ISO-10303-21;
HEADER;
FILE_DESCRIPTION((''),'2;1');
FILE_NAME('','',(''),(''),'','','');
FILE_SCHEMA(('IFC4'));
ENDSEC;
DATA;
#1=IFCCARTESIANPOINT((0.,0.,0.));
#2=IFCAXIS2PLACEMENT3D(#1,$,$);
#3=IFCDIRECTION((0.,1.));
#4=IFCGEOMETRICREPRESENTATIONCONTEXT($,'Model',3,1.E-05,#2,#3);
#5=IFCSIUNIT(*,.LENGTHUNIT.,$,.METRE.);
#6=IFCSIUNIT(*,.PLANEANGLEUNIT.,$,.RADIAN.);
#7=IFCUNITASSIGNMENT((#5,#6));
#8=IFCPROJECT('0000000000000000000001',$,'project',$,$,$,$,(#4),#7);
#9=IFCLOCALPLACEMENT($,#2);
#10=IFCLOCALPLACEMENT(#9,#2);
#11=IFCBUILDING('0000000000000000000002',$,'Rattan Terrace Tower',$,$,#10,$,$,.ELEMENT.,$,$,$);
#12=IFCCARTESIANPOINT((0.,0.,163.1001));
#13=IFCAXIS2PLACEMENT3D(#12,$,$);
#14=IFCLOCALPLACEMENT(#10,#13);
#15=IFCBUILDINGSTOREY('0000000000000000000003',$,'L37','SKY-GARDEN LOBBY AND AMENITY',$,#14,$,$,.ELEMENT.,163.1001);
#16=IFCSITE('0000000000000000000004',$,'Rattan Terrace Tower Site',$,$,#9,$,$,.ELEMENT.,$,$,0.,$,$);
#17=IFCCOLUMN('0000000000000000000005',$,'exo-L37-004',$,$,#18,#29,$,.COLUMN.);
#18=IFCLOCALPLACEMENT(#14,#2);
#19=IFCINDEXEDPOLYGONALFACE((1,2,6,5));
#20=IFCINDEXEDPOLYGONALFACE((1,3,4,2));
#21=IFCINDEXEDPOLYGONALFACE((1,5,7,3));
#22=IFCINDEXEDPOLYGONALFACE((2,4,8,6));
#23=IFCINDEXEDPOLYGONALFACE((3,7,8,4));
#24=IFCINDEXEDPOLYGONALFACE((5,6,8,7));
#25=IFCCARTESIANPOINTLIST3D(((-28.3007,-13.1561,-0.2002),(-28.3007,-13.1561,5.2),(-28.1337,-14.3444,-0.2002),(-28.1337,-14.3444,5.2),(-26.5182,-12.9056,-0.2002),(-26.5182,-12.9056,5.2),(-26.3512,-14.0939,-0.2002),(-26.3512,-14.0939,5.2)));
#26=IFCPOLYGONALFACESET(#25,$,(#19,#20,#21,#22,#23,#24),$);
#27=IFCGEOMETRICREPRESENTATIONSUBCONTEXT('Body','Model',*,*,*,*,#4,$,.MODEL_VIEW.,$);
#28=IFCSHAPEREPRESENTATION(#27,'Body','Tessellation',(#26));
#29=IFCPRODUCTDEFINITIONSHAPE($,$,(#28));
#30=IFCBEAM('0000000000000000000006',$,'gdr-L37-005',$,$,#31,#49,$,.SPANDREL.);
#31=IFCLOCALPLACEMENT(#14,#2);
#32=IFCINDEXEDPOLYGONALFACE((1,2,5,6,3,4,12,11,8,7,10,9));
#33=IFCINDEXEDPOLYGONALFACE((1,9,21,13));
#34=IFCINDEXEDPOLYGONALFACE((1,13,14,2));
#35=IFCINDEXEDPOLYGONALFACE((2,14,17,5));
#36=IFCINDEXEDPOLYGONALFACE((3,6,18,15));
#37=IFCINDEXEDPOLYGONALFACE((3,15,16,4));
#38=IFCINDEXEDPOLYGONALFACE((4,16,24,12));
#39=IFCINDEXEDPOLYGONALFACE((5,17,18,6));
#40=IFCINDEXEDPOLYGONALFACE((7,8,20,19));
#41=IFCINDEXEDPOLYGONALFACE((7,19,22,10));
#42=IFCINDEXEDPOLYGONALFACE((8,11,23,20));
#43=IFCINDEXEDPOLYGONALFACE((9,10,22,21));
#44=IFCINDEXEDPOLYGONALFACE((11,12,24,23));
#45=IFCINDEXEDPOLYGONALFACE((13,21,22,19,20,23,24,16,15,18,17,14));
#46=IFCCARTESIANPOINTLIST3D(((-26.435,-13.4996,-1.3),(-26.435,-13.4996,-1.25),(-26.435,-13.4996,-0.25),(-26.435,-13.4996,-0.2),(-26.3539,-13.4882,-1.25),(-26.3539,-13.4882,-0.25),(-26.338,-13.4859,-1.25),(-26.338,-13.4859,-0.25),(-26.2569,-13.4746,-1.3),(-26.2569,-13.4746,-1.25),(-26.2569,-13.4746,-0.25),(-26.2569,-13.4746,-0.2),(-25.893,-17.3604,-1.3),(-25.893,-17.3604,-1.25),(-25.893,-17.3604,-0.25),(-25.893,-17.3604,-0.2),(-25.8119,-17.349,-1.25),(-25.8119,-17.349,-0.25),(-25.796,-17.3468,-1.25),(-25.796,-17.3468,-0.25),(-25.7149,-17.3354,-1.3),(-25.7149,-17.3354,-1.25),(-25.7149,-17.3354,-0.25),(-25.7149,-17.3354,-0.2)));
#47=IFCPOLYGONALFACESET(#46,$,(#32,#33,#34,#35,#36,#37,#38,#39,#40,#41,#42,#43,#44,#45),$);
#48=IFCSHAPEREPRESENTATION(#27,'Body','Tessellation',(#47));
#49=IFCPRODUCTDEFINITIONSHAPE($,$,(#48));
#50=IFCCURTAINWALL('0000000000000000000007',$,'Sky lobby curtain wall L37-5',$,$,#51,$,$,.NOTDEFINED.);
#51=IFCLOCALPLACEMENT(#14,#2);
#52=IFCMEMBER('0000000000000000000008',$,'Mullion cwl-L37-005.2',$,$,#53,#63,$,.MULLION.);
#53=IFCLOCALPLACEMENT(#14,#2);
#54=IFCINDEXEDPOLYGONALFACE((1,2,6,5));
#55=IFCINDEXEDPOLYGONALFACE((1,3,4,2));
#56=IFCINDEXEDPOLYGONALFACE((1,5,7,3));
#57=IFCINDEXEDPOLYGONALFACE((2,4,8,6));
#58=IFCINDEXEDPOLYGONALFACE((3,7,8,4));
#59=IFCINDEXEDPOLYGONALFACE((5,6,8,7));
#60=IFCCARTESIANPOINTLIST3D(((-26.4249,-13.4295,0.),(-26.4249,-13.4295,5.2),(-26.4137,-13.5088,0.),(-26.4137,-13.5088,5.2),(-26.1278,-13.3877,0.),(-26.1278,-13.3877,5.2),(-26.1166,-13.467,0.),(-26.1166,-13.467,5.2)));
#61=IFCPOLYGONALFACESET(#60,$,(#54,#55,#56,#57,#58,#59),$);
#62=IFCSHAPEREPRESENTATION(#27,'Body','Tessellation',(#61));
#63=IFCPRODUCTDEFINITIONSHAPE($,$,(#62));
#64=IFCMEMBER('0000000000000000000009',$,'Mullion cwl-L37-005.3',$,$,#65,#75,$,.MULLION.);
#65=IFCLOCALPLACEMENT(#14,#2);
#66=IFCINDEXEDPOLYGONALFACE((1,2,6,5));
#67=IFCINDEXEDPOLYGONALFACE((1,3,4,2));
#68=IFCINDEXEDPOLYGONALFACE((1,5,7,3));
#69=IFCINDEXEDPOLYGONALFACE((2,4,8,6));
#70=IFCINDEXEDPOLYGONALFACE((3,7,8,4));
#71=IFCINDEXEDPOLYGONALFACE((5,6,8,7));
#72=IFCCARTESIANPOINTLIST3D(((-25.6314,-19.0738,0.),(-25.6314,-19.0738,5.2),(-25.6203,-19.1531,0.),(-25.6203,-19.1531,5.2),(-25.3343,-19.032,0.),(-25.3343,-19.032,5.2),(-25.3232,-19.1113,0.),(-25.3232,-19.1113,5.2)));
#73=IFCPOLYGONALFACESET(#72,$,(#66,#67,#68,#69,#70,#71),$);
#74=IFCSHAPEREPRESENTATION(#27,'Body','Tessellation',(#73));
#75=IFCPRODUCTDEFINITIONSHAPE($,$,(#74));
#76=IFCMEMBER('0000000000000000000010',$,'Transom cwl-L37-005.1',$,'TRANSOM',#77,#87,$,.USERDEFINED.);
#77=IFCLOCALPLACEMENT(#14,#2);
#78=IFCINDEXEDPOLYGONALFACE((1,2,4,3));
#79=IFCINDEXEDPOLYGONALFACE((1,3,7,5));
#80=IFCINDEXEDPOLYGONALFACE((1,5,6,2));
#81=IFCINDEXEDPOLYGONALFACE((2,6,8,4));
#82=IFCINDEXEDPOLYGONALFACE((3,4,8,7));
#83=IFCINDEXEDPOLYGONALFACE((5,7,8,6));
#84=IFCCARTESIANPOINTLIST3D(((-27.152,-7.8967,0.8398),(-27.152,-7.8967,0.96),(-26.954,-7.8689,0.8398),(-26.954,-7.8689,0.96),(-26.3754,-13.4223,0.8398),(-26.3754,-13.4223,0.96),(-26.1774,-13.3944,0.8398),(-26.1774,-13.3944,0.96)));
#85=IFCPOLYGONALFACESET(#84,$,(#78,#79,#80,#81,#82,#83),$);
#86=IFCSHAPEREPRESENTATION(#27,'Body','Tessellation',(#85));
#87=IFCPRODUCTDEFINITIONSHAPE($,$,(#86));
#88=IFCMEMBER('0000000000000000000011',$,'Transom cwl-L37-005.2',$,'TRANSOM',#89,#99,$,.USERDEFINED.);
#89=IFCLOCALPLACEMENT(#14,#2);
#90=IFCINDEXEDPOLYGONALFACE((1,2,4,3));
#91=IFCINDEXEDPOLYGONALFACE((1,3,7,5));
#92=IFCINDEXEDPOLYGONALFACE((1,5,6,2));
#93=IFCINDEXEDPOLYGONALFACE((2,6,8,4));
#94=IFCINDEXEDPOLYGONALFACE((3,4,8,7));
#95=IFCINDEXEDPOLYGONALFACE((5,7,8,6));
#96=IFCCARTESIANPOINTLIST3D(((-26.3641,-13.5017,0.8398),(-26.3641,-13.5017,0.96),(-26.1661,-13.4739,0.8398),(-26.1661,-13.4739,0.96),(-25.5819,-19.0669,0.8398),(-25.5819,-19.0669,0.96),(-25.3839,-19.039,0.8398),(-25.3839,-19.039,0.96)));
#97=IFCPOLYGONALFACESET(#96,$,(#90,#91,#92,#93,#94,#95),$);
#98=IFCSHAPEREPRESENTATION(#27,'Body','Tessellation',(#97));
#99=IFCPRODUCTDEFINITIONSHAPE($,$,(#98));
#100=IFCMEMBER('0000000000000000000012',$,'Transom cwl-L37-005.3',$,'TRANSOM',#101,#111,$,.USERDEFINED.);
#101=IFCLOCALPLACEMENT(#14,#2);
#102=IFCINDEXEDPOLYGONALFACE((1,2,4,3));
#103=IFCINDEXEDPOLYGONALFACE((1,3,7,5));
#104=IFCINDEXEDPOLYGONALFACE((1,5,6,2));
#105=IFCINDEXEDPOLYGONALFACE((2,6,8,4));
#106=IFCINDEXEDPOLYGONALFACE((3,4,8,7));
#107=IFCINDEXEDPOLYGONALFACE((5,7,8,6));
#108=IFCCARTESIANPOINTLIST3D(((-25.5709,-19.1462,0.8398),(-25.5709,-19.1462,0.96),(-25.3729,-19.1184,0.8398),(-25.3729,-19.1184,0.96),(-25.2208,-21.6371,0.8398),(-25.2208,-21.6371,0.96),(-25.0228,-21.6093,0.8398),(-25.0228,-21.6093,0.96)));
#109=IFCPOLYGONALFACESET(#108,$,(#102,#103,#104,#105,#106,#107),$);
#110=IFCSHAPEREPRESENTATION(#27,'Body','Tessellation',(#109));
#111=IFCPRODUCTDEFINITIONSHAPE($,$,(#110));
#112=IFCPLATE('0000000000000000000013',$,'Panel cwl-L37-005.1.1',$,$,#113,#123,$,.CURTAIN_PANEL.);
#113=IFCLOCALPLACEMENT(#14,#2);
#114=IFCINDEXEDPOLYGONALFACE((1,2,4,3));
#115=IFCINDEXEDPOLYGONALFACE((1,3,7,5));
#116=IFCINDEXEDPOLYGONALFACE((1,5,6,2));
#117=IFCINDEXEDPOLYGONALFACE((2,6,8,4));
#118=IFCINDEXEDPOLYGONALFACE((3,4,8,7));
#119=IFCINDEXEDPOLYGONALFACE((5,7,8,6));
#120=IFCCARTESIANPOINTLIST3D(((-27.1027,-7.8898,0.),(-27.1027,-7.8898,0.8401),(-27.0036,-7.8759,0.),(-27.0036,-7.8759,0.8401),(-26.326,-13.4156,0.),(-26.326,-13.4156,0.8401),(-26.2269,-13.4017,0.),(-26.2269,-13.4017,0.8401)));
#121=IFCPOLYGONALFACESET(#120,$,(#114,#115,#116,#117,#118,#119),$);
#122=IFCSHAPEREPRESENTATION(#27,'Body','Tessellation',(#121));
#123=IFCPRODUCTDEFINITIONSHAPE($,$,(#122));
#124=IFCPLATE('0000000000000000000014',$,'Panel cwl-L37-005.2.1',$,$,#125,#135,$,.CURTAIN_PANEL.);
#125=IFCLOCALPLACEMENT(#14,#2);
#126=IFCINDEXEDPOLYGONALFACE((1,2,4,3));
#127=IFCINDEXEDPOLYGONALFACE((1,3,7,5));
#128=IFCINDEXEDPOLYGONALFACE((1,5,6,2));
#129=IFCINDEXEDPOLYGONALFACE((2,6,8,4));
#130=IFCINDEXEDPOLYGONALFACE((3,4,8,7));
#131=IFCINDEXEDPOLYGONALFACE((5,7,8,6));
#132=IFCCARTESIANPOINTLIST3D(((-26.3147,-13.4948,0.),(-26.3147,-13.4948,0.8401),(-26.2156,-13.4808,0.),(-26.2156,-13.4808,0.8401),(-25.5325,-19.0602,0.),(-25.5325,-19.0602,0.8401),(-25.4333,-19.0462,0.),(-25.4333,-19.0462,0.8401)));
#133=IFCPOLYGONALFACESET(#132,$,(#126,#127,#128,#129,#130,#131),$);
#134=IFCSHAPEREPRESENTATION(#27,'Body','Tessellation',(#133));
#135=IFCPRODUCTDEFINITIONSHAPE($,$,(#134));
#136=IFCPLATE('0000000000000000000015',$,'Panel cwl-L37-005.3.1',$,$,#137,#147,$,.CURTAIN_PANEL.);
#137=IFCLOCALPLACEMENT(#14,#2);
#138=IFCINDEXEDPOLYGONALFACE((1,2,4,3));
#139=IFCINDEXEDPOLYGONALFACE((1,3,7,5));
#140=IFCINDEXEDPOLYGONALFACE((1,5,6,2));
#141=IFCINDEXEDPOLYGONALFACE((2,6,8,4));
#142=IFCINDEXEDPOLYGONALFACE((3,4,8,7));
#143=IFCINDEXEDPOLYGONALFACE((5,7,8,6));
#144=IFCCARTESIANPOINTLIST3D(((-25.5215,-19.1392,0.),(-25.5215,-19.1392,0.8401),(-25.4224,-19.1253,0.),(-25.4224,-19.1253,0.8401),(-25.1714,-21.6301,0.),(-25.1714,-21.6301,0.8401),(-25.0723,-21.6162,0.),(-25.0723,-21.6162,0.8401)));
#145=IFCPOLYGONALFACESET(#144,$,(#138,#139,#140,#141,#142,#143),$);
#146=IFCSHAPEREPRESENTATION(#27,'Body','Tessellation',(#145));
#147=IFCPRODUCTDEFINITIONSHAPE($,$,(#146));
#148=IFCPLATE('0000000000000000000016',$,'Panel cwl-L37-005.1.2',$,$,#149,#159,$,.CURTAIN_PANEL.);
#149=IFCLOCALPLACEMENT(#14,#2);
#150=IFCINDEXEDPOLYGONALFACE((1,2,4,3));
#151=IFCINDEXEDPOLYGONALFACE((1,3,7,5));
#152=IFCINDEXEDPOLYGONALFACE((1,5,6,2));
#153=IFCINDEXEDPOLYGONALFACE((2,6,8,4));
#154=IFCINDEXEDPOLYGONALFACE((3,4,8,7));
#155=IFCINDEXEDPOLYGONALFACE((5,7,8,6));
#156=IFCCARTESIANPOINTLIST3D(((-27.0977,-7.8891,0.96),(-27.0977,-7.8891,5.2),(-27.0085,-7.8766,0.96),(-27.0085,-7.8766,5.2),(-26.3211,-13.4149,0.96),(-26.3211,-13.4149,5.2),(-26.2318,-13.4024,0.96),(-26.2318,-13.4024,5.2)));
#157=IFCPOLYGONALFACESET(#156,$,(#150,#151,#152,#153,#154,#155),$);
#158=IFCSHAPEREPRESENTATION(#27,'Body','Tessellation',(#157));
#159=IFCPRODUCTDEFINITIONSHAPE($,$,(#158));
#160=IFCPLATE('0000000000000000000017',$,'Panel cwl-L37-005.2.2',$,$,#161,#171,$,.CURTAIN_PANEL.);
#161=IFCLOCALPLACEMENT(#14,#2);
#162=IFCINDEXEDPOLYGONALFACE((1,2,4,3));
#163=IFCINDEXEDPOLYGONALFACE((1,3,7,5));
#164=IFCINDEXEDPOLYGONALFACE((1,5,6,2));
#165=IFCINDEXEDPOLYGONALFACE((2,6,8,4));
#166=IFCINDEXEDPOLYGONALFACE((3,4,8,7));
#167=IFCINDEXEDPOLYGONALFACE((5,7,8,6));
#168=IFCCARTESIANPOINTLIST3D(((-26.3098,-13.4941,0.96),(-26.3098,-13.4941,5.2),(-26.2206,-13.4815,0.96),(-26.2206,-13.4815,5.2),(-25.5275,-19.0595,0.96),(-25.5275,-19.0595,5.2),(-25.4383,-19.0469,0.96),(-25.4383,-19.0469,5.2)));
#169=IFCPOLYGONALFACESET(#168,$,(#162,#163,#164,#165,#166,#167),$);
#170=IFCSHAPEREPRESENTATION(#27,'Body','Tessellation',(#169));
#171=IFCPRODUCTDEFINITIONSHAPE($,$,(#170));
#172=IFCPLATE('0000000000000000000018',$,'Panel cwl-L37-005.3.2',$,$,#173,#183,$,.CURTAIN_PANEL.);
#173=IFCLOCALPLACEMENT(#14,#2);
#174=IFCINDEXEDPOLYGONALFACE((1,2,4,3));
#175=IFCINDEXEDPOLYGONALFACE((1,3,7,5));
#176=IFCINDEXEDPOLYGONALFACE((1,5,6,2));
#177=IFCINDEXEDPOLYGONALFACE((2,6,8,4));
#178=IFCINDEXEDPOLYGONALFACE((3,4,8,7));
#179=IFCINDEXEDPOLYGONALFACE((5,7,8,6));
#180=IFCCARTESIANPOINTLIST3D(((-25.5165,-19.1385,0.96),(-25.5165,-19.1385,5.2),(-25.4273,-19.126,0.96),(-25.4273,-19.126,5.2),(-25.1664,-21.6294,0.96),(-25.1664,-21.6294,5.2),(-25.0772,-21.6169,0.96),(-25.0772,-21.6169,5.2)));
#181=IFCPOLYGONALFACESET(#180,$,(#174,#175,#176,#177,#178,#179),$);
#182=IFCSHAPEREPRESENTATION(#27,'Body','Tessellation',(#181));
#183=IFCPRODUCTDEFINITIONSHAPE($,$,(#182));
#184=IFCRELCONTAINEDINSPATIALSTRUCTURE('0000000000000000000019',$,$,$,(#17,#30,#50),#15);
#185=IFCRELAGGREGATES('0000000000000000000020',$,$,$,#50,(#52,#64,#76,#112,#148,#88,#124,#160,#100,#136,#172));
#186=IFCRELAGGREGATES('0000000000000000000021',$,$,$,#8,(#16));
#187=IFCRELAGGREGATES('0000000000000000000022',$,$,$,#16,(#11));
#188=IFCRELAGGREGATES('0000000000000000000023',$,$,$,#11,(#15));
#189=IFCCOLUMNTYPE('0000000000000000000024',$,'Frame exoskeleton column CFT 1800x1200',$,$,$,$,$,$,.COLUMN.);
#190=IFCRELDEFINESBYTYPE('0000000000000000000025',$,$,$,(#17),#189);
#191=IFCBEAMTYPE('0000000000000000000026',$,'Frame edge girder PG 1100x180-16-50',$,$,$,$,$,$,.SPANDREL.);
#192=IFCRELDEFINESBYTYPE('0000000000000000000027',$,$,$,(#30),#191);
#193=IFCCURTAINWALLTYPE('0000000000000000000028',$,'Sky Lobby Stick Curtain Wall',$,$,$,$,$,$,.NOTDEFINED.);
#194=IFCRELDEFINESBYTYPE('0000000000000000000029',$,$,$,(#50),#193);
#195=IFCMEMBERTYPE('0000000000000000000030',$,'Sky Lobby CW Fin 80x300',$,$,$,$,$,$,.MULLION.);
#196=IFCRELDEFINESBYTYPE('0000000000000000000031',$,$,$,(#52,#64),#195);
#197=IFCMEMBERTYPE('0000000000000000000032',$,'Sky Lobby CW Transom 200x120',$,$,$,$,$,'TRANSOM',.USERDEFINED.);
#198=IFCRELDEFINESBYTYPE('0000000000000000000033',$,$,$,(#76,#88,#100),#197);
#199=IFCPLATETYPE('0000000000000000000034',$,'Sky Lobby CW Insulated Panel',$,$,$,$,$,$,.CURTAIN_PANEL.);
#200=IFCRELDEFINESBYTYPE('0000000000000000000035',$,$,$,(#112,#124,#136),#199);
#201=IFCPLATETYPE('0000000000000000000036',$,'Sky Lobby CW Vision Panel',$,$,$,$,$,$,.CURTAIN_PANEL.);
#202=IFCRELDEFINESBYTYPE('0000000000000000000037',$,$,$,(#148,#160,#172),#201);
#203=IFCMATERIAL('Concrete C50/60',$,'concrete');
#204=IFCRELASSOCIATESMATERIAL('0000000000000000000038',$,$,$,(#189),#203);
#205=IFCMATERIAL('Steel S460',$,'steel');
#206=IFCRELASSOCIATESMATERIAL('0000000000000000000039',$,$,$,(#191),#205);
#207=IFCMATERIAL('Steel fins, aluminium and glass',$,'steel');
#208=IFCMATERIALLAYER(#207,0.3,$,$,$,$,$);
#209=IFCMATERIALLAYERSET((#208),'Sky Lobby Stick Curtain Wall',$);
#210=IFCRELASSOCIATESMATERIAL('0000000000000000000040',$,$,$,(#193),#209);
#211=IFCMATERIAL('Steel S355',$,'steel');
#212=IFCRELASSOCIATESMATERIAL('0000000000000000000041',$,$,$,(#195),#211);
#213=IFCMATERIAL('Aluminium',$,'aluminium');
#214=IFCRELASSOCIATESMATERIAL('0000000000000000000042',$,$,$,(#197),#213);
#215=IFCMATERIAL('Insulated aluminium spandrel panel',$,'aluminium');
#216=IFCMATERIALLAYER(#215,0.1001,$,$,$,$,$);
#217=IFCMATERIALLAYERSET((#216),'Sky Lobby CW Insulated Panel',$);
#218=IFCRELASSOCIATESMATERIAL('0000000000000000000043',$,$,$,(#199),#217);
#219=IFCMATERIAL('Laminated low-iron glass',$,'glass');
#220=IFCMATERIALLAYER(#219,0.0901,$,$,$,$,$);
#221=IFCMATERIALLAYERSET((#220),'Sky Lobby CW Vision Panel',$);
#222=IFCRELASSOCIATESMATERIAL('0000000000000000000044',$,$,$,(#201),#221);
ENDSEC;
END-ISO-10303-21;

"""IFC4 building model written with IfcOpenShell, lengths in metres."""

from ifc_helpers import new_model, si_unit, direction, frame, origin, origin_2d, place, context, subcontext, project, spatial, rectangle, i_section, extrude, material, layer, layer_set, material_profile, profile_set, type_object, element, aggregate, save


model = new_model("IFC4")

# Units and contexts
model_context = context("Model", 3, precision=1e-05, world=origin(), true_north=direction((0.0, 1.0)))
body_context = subcontext(model_context, "Body", "Model", "MODEL_VIEW")
ifc_project = project(units=[si_unit("LENGTHUNIT", "METRE"), si_unit("PLANEANGLEUNIT", "RADIAN")], contexts=[model_context])

# Site, building, storey
site_placement = place(None, origin())
site = spatial("IfcSite", under=ifc_project, at=site_placement, Name="Rattan Terrace Tower Site", CompositionType="ELEMENT", RefElevation=0.0)
building_placement = place(site_placement, origin())
building = spatial("IfcBuilding", under=site, at=building_placement, Name="Rattan Terrace Tower", CompositionType="ELEMENT")
storey_placement = place(building_placement, frame((0.0, 0.0, 163.1001)))
storey = spatial("IfcBuildingStorey", under=building, at=storey_placement, Name="L37", Description="SKY-GARDEN LOBBY AND AMENITY", CompositionType="ELEMENT", Elevation=163.1001)

# Column
ifc_material_1 = material(Name="Concrete C50/60", Category="concrete")
ifc_material_profile_1 = material_profile(ifc_material_1, rectangle(XDim=1.2, YDim=1.8, at=origin_2d()), Name="CFT 1800x1200")
ifc_profile_set_1 = profile_set([ifc_material_profile_1], Name="Concrete C50/60")
column_type = type_object("IfcColumnType", Name="Frame exoskeleton column CFT 1800x1200", PredefinedType="COLUMN", material=ifc_profile_set_1)
column_placement = place(storey_placement, frame((-27.3259, -13.625, -0.2002), z_axis=(0.0, 0.0, 1.0), x_axis=(-0.13919, 0.990266, 0.0)))
element("IfcColumn", 1, at=column_placement, inside=storey, type_object=column_type, Name="exo-L37-004", PredefinedType="COLUMN", context=body_context, shape_type="SweptSolid", body=[
    extrude(rectangle(XDim=1.2, YDim=1.8, at=origin_2d()), origin(), (0.0, 0.0, 1.0), 5.4001),
])

# Beam
ifc_material_2 = material(Name="Steel S460", Category="steel")
ifc_material_profile_2 = material_profile(ifc_material_2, i_section(OverallWidth=0.1799, OverallDepth=1.1001, WebThickness=0.0161, FlangeThickness=0.05, at=origin_2d()), Name="PG 1100x180-16-50")
ifc_profile_set_2 = profile_set([ifc_material_profile_2], Name="Steel S460")
beam_type = type_object("IfcBeamType", Name="Frame edge girder PG 1100x180-16-50", PredefinedType="SPANDREL", material=ifc_profile_set_2)
beam_placement = place(storey_placement, frame((-26.3459, -13.4871, -0.75), z_axis=(0.139019, -0.99029, 0.0), x_axis=(0.99029, 0.139019, 0.0)))
element("IfcBeam", 2, at=beam_placement, inside=storey, type_object=beam_type, Name="gdr-L37-005", PredefinedType="SPANDREL", context=body_context, shape_type="SweptSolid", body=[
    extrude(i_section(OverallWidth=0.1799, OverallDepth=1.1001, WebThickness=0.0161, FlangeThickness=0.05, at=origin_2d()), origin(), (0.0, 0.0, 1.0), 3.8987),
])

# Curtain wall, members, plates
ifc_material_3 = material(Name="Steel fins, aluminium and glass", Category="steel")
ifc_layer_1 = layer(ifc_material_3, 0.3)
ifc_layer_set_1 = layer_set([ifc_layer_1], Name="Sky Lobby Stick Curtain Wall")
curtain_wall_type = type_object("IfcCurtainWallType", Name="Sky Lobby Stick Curtain Wall", PredefinedType="NOTDEFINED", material=ifc_layer_set_1)
curtain_wall_placement = place(storey_placement, origin())
curtain_wall = element("IfcCurtainWall", 3, at=curtain_wall_placement, inside=storey, type_object=curtain_wall_type, Name="Sky lobby curtain wall L37-5", PredefinedType="NOTDEFINED")
ifc_material_4 = material(Name="Steel S355", Category="steel")
ifc_material_profile_3 = material_profile(ifc_material_4, rectangle(XDim=0.0801, YDim=0.3, at=origin_2d()), Name="Steel S355 80x300")
ifc_profile_set_3 = profile_set([ifc_material_profile_3], Name="Steel S355")
member_type_1 = type_object("IfcMemberType", Name="Sky Lobby CW Fin 80x300", PredefinedType="MULLION", material=ifc_profile_set_3)
member_1_placement = place(storey_placement, frame((-26.2708, -13.4482, 0.0), z_axis=(0.0, 0.0, 1.0), x_axis=(0.139191, -0.990266, 0.0)))
member_1 = element("IfcMember", 4, at=member_1_placement, type_object=member_type_1, Name="Mullion cwl-L37-005.2", PredefinedType="MULLION", context=body_context, shape_type="SweptSolid", body=[
    extrude(rectangle(XDim=0.0801, YDim=0.3, at=origin_2d()), origin(), (0.0, 0.0, 1.0), 5.2),
])
member_2_placement = place(storey_placement, frame((-25.4773, -19.0925, 0.0), z_axis=(0.0, 0.0, 1.0), x_axis=(0.139191, -0.990266, 0.0)))
member_2 = element("IfcMember", 5, at=member_2_placement, type_object=member_type_1, Name="Mullion cwl-L37-005.3", PredefinedType="MULLION", context=body_context, shape_type="SweptSolid", body=[
    extrude(rectangle(XDim=0.0801, YDim=0.3, at=origin_2d()), origin(), (0.0, 0.0, 1.0), 5.2),
])
ifc_material_5 = material(Name="Aluminium", Category="aluminium")
ifc_material_profile_4 = material_profile(ifc_material_5, rectangle(XDim=0.2, YDim=0.1201, at=origin_2d()), Name="Aluminium 200x120")
ifc_profile_set_4 = profile_set([ifc_material_profile_4], Name="Aluminium")
member_type_2 = type_object("IfcMemberType", Name="Sky Lobby CW Transom 200x120", ElementType="TRANSOM", PredefinedType="USERDEFINED", material=ifc_profile_set_4)
member_3_placement = place(storey_placement, frame((-27.053, -7.8828, 0.8999), z_axis=(0.139179, -0.990267, 0.0), x_axis=(0.990267, 0.139179, 0.0)))
member_3 = element("IfcMember", 6, at=member_3_placement, type_object=member_type_2, Name="Transom cwl-L37-005.1", ObjectType="TRANSOM", PredefinedType="USERDEFINED", context=body_context, shape_type="SweptSolid", body=[
    extrude(rectangle(XDim=0.2, YDim=0.1201, at=origin_2d()), origin(), (0.0, 0.0, 1.0), 5.5798),
])
member_4_placement = place(storey_placement, frame((-26.2651, -13.4878, 0.8999), z_axis=(0.139189, -0.990266, 0.0), x_axis=(0.990266, 0.139189, 0.0)))
member_4 = element("IfcMember", 7, at=member_4_placement, type_object=member_type_2, Name="Transom cwl-L37-005.2", ObjectType="TRANSOM", PredefinedType="USERDEFINED", context=body_context, shape_type="SweptSolid", body=[
    extrude(rectangle(XDim=0.2, YDim=0.1201, at=origin_2d()), origin(), (0.0, 0.0, 1.0), 5.6199),
])
member_5_placement = place(storey_placement, frame((-25.4719, -19.1323, 0.8999), z_axis=(0.139179, -0.990267, 0.0), x_axis=(0.990267, 0.139179, 0.0)))
member_5 = element("IfcMember", 8, at=member_5_placement, type_object=member_type_2, Name="Transom cwl-L37-005.3", ObjectType="TRANSOM", PredefinedType="USERDEFINED", context=body_context, shape_type="SweptSolid", body=[
    extrude(rectangle(XDim=0.2, YDim=0.1201, at=origin_2d()), origin(), (0.0, 0.0, 1.0), 2.5154),
])
ifc_material_6 = material(Name="Insulated aluminium spandrel panel", Category="aluminium")
ifc_layer_2 = layer(ifc_material_6, 0.1001)
ifc_layer_set_2 = layer_set([ifc_layer_2], Name="Sky Lobby CW Insulated Panel")
plate_type_1 = type_object("IfcPlateType", Name="Sky Lobby CW Insulated Panel", PredefinedType="CURTAIN_PANEL", material=ifc_layer_set_2)
plate_1_placement = place(storey_placement, frame((-26.6648, -10.6458, 0.0), z_axis=(0.0, 0.0, 1.0), x_axis=(0.139191, -0.990266, 0.0)))
plate_1 = element("IfcPlate", 9, at=plate_1_placement, type_object=plate_type_1, Name="Panel cwl-L37-005.1.1", PredefinedType="CURTAIN_PANEL", context=body_context, shape_type="SweptSolid", body=[
    extrude(rectangle(XDim=5.5801, YDim=0.1001, at=origin_2d()), origin(), (0.0, 0.0, 1.0), 0.8401),
])
plate_2_placement = place(storey_placement, frame((-25.874, -16.2705, 0.0), z_axis=(0.0, 0.0, 1.0), x_axis=(0.139191, -0.990266, 0.0)))
plate_2 = element("IfcPlate", 10, at=plate_2_placement, type_object=plate_type_1, Name="Panel cwl-L37-005.2.1", PredefinedType="CURTAIN_PANEL", context=body_context, shape_type="SweptSolid", body=[
    extrude(rectangle(XDim=5.6201, YDim=0.1001, at=origin_2d()), origin(), (0.0, 0.0, 1.0), 0.8401),
])
plate_3_placement = place(storey_placement, frame((-25.2969, -20.3777, 0.0), z_axis=(0.0, 0.0, 1.0), x_axis=(0.139191, -0.990266, 0.0)))
plate_3 = element("IfcPlate", 11, at=plate_3_placement, type_object=plate_type_1, Name="Panel cwl-L37-005.3.1", PredefinedType="CURTAIN_PANEL", context=body_context, shape_type="SweptSolid", body=[
    extrude(rectangle(XDim=2.5154, YDim=0.1001, at=origin_2d()), origin(), (0.0, 0.0, 1.0), 0.8401),
])
ifc_material_7 = material(Name="Laminated low-iron glass", Category="glass")
ifc_layer_3 = layer(ifc_material_7, 0.0901)
ifc_layer_set_3 = layer_set([ifc_layer_3], Name="Sky Lobby CW Vision Panel")
plate_type_2 = type_object("IfcPlateType", Name="Sky Lobby CW Vision Panel", PredefinedType="CURTAIN_PANEL", material=ifc_layer_set_3)
plate_4_placement = place(storey_placement, frame((-26.6648, -10.6458, 0.96), z_axis=(0.0, 0.0, 1.0), x_axis=(0.139191, -0.990266, 0.0)))
plate_4 = element("IfcPlate", 12, at=plate_4_placement, type_object=plate_type_2, Name="Panel cwl-L37-005.1.2", PredefinedType="CURTAIN_PANEL", context=body_context, shape_type="SweptSolid", body=[
    extrude(rectangle(XDim=5.5801, YDim=0.0901, at=origin_2d()), origin(), (0.0, 0.0, 1.0), 4.24),
])
plate_5_placement = place(storey_placement, frame((-25.874, -16.2705, 0.96), z_axis=(0.0, 0.0, 1.0), x_axis=(0.139191, -0.990266, 0.0)))
plate_5 = element("IfcPlate", 13, at=plate_5_placement, type_object=plate_type_2, Name="Panel cwl-L37-005.2.2", PredefinedType="CURTAIN_PANEL", context=body_context, shape_type="SweptSolid", body=[
    extrude(rectangle(XDim=5.6201, YDim=0.0901, at=origin_2d()), origin(), (0.0, 0.0, 1.0), 4.24),
])
plate_6_placement = place(storey_placement, frame((-25.2969, -20.3777, 0.96), z_axis=(0.0, 0.0, 1.0), x_axis=(0.139191, -0.990266, 0.0)))
plate_6 = element("IfcPlate", 14, at=plate_6_placement, type_object=plate_type_2, Name="Panel cwl-L37-005.3.2", PredefinedType="CURTAIN_PANEL", context=body_context, shape_type="SweptSolid", body=[
    extrude(rectangle(XDim=2.5154, YDim=0.0901, at=origin_2d()), origin(), (0.0, 0.0, 1.0), 4.24),
])
aggregate(curtain_wall, [member_1, member_2, member_3, plate_1, plate_4, member_4, plate_2, plate_5, member_5, plate_3, plate_6])

save(model, "model.ifc")
